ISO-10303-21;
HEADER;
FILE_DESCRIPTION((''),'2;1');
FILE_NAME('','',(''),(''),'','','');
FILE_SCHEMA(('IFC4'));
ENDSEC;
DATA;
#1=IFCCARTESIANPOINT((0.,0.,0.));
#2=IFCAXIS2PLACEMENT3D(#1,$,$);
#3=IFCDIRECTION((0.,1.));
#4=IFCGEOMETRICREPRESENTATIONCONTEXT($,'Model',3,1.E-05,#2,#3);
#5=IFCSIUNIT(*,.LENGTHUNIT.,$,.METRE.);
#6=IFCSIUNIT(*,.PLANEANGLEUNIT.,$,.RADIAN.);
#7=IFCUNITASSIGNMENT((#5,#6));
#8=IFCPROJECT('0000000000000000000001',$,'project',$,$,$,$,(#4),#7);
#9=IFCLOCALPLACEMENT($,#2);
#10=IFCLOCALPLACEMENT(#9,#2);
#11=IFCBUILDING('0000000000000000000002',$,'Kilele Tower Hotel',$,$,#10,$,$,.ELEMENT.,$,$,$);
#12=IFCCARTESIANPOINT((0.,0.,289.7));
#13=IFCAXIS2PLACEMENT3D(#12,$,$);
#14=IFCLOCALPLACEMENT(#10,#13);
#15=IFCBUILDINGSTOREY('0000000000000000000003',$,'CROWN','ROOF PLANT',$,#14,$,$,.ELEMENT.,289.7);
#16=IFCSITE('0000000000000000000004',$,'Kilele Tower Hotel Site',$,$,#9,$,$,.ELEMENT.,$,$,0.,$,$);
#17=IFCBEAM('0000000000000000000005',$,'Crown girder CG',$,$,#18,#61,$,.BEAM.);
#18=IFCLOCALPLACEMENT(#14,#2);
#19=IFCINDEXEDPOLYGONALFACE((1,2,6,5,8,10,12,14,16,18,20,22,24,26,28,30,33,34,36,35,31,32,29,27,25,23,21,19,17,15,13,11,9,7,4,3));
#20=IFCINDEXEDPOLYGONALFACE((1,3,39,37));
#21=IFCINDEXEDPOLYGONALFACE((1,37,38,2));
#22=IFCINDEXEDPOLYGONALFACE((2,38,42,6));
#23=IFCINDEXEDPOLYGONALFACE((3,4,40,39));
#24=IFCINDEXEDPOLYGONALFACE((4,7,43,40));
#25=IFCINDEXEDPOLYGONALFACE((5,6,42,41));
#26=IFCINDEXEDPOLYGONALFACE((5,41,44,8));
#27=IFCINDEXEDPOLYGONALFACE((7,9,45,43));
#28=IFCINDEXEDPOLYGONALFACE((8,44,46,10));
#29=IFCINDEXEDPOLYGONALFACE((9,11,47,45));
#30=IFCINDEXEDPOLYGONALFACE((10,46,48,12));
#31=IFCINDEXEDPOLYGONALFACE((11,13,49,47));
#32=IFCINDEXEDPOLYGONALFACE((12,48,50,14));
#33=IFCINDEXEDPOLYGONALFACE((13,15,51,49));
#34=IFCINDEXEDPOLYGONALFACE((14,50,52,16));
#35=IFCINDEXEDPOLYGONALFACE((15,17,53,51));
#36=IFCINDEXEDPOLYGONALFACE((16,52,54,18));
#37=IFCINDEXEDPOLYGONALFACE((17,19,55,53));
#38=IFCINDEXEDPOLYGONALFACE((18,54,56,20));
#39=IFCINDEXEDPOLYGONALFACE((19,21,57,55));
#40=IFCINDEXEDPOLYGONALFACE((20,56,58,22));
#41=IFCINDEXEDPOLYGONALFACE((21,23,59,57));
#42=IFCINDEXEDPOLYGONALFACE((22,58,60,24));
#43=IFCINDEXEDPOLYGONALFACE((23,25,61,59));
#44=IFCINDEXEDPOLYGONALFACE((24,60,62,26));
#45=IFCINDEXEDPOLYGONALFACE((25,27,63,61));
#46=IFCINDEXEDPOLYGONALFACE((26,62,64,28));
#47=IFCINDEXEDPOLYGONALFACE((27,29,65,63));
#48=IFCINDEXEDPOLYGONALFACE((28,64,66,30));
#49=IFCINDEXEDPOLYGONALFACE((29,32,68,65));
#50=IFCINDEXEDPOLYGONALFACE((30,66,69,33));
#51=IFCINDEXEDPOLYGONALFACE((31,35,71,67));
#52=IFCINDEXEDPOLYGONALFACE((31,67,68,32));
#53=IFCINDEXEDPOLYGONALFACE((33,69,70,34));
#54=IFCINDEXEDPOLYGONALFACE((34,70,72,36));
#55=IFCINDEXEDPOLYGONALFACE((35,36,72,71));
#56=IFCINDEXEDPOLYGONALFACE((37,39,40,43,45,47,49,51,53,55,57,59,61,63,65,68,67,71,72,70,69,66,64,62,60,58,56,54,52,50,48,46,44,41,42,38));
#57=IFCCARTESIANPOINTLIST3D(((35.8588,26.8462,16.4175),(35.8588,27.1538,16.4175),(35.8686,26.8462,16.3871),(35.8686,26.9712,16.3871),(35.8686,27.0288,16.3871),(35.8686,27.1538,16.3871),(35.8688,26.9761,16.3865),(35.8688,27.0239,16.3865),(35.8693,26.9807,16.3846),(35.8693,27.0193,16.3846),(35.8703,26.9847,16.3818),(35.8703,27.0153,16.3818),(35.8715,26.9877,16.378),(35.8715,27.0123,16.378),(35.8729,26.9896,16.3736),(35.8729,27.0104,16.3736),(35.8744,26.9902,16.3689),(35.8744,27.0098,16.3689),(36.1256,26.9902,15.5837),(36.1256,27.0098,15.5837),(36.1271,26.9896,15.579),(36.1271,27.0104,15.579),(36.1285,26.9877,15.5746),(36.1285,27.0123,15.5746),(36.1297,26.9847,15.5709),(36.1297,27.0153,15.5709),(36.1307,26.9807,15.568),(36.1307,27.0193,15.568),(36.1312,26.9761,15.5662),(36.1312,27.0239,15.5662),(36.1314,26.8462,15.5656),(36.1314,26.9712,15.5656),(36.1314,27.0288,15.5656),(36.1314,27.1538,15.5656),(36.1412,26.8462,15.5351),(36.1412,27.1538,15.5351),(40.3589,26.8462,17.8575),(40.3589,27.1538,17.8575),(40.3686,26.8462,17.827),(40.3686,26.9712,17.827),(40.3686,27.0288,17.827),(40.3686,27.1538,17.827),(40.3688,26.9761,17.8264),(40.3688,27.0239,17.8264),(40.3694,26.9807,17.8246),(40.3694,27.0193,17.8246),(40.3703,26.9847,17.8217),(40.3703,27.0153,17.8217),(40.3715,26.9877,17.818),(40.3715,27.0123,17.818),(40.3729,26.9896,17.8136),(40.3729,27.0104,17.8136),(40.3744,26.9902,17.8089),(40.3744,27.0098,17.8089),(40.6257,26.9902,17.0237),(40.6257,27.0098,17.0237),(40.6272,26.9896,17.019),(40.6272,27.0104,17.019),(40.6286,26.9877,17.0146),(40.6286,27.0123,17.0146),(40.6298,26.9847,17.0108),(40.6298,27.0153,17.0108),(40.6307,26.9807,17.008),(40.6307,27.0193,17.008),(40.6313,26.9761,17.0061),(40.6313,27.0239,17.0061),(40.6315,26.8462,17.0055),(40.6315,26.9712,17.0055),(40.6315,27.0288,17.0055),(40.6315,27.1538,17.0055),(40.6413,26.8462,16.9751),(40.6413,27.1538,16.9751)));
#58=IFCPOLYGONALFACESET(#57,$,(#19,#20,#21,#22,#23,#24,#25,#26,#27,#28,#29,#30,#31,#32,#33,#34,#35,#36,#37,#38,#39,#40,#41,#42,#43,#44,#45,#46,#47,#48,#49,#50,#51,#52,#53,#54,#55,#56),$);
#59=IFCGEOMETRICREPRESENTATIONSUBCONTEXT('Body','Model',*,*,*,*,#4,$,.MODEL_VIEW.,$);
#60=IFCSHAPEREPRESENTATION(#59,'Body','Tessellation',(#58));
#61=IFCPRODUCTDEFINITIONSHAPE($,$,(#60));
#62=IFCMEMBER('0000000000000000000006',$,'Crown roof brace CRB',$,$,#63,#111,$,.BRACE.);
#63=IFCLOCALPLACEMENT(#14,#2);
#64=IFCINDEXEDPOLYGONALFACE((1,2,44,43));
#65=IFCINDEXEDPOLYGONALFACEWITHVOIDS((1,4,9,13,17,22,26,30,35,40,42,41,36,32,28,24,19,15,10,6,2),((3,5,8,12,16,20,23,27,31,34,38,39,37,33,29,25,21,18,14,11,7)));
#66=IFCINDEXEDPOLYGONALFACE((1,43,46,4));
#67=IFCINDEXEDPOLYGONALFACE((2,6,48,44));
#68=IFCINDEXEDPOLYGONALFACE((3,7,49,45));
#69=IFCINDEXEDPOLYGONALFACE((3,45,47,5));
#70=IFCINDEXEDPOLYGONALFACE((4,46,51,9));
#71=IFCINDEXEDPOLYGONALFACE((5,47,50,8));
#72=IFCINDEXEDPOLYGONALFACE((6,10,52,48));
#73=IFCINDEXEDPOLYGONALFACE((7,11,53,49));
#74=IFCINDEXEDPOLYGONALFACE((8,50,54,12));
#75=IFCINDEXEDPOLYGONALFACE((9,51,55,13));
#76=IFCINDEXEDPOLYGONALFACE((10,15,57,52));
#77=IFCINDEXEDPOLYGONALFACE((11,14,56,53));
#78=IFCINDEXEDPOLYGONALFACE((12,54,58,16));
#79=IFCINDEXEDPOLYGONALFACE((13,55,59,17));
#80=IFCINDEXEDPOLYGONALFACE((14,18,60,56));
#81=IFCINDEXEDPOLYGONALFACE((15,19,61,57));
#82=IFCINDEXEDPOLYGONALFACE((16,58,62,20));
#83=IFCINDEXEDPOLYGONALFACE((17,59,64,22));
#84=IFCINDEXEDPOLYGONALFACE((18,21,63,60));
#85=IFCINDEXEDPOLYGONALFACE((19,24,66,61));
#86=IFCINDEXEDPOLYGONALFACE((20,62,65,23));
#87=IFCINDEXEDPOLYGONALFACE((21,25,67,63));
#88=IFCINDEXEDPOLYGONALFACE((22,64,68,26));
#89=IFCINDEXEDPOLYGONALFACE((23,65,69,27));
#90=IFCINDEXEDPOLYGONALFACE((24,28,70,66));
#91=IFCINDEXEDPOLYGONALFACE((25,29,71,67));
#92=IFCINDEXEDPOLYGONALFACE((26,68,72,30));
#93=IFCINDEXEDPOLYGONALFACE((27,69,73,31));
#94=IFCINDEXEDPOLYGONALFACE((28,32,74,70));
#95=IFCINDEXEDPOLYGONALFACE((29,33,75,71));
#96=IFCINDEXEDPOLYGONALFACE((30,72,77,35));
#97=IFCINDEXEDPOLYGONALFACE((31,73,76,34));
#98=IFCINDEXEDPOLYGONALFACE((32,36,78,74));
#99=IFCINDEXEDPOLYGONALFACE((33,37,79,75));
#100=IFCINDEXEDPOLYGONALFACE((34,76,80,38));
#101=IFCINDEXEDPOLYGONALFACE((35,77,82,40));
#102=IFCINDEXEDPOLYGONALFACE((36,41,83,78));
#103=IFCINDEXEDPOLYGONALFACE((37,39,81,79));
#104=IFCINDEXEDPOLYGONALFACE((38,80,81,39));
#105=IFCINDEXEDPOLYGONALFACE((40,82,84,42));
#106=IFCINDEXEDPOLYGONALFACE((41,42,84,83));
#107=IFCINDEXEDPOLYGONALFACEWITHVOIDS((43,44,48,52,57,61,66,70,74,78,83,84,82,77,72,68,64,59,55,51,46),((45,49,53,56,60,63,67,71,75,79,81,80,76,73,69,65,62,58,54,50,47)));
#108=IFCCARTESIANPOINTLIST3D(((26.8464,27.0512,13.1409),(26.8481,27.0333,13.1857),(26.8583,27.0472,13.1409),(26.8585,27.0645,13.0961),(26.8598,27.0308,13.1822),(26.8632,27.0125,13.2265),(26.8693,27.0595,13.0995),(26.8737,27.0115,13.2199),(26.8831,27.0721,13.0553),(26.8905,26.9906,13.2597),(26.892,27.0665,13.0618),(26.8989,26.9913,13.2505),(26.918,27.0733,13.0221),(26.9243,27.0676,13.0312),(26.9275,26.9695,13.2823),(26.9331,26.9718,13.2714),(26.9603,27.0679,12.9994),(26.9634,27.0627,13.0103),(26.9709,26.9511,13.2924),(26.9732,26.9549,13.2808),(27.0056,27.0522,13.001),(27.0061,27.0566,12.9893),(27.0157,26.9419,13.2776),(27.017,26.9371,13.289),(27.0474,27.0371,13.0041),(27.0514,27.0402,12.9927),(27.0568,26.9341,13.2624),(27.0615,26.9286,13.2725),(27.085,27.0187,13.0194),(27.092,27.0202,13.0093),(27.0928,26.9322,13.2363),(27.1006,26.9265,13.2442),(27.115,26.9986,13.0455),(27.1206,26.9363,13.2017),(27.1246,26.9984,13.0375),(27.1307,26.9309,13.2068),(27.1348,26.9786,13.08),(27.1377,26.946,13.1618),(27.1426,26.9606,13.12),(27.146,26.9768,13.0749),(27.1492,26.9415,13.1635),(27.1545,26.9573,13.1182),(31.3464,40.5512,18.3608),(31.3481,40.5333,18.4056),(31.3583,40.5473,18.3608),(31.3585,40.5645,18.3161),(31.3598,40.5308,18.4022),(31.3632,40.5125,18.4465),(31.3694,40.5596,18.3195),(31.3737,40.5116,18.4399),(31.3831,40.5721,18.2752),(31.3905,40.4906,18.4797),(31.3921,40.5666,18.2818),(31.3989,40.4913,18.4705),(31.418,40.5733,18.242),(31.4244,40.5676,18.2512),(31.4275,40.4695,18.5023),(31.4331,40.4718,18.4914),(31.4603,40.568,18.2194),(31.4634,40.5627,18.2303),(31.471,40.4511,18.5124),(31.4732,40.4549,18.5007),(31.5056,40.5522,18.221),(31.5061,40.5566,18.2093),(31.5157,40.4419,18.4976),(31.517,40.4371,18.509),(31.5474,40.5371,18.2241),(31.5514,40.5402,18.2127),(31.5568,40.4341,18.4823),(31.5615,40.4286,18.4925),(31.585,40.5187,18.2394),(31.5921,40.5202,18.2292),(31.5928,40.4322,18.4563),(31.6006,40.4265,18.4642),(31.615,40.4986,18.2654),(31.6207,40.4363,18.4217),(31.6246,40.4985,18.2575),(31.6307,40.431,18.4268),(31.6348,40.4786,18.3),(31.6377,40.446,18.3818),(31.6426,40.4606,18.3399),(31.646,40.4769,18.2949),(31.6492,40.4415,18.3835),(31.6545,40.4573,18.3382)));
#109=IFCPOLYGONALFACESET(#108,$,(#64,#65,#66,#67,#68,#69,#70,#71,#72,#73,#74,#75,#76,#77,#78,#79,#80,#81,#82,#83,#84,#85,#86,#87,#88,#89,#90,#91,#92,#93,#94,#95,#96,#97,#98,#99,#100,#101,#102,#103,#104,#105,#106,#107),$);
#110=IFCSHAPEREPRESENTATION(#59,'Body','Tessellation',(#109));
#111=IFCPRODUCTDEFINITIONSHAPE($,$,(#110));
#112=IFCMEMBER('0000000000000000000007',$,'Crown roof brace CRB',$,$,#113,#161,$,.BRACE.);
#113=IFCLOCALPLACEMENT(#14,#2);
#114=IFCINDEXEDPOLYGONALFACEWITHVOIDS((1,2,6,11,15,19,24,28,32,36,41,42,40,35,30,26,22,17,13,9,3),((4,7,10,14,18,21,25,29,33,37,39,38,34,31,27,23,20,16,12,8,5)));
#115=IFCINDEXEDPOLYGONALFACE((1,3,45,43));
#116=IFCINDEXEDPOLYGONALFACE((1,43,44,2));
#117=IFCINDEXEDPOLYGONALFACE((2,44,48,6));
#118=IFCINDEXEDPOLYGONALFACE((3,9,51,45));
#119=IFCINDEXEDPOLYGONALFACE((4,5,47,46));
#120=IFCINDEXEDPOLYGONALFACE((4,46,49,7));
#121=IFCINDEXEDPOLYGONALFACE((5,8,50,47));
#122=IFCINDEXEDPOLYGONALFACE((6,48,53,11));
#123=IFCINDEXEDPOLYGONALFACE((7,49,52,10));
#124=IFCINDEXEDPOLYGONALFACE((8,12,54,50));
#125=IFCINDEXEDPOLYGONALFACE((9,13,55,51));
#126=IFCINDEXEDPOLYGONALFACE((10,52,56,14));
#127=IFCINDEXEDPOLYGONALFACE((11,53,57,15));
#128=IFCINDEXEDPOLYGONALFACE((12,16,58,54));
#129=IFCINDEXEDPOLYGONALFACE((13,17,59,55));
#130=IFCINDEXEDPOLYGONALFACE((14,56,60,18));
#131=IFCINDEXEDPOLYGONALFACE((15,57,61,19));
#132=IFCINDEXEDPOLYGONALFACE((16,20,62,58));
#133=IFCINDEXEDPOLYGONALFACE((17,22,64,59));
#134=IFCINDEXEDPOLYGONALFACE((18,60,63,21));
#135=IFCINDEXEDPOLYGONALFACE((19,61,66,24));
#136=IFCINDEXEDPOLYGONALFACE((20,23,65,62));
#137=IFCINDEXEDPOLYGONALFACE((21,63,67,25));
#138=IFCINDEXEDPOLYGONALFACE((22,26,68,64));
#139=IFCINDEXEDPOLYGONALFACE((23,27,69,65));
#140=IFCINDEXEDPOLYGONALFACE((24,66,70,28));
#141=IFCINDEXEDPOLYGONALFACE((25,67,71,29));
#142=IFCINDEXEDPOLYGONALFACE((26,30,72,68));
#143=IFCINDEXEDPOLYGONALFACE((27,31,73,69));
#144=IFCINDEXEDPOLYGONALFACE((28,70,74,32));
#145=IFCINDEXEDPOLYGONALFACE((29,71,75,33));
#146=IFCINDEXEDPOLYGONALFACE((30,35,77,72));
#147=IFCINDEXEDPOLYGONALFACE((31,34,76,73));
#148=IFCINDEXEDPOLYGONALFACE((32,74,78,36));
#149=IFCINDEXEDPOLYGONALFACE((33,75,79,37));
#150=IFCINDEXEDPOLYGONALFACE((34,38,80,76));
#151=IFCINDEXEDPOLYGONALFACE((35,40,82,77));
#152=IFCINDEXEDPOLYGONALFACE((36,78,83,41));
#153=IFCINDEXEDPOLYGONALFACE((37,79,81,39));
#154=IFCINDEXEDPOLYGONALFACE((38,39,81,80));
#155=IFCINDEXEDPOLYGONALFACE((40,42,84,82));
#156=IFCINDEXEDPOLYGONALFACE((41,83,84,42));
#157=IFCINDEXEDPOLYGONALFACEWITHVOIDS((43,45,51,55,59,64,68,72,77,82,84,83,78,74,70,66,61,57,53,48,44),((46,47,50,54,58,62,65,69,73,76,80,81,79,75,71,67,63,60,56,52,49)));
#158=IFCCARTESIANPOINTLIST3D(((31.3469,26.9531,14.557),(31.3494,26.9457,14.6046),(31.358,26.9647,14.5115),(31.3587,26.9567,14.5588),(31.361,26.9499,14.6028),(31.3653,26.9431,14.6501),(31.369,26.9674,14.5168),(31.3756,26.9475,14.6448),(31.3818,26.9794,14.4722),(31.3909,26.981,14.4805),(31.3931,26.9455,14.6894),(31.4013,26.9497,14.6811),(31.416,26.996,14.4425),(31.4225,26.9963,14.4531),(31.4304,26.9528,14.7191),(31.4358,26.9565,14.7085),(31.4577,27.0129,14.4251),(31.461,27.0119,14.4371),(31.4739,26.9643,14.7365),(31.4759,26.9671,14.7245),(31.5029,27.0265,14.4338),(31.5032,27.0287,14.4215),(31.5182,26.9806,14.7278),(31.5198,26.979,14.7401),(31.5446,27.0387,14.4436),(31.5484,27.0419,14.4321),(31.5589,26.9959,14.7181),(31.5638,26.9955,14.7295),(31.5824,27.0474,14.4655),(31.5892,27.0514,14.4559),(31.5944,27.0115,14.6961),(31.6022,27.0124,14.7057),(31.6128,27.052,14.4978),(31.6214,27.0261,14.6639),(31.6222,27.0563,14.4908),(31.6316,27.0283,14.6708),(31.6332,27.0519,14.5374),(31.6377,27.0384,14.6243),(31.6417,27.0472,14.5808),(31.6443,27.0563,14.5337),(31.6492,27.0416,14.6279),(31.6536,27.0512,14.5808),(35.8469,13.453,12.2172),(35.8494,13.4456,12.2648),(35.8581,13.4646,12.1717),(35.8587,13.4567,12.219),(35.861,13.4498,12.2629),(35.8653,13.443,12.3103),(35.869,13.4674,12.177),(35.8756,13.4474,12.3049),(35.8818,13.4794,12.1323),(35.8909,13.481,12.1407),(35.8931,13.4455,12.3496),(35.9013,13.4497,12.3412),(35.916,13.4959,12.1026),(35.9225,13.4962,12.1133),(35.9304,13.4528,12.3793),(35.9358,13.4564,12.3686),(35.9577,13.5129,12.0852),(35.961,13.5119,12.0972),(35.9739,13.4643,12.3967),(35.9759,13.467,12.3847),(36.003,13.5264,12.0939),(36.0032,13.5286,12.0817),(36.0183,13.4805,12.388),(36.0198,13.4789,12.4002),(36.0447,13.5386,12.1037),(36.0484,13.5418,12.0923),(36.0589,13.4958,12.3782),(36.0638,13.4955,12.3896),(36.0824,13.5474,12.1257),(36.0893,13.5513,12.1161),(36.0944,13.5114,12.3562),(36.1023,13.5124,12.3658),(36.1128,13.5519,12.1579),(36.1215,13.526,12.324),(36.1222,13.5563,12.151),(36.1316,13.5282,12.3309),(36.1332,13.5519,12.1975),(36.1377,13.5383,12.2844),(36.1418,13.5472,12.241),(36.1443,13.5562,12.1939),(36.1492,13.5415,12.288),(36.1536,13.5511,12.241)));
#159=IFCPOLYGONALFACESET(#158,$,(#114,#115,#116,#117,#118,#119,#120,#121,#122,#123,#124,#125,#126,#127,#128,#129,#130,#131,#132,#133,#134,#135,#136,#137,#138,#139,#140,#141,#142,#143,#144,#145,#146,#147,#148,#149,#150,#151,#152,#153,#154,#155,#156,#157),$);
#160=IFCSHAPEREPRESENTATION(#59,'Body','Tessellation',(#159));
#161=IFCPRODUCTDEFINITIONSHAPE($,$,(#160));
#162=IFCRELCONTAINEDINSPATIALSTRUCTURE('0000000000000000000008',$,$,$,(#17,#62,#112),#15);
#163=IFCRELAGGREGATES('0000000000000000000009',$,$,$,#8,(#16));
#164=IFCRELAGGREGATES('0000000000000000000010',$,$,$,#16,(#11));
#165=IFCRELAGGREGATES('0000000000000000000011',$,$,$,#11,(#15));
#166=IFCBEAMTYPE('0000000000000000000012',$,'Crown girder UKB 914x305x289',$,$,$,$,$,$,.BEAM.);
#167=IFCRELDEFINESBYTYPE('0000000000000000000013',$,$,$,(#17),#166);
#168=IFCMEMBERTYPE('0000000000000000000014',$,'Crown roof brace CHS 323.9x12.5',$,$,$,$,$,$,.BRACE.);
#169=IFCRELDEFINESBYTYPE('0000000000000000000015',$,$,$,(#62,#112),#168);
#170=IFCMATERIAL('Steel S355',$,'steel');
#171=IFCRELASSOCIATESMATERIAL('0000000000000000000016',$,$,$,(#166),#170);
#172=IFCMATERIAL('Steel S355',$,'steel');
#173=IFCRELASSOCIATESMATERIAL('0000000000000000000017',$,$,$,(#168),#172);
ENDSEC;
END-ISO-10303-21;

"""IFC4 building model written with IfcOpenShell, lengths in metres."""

from ifc_helpers import new_model, si_unit, direction, frame, origin, origin_2d, place, context, subcontext, project, spatial, hollow_circle, i_section, extrude, material, material_profile, profile_set, type_object, element, save


model = new_model("IFC4")

# Units and contexts
model_context = context("Model", 3, precision=1e-05, world=origin(), true_north=direction((0.0, 1.0)))
body_context = subcontext(model_context, "Body", "Model", "MODEL_VIEW")
ifc_project = project(units=[si_unit("LENGTHUNIT", "METRE"), si_unit("PLANEANGLEUNIT", "RADIAN")], contexts=[model_context])

# Site, building, storey
site_placement = place(None, origin())
site = spatial("IfcSite", under=ifc_project, at=site_placement, Name="Kilele Tower Hotel Site", CompositionType="ELEMENT", RefElevation=0.0)
building_placement = place(site_placement, origin())
building = spatial("IfcBuilding", under=site, at=building_placement, Name="Kilele Tower Hotel", CompositionType="ELEMENT")
storey_placement = place(building_placement, frame((0.0, 0.0, 289.7)))
storey = spatial("IfcBuildingStorey", under=building, at=storey_placement, Name="CROWN", Description="ROOF PLANT", CompositionType="ELEMENT", Elevation=289.7)

# Beam
ifc_material_1 = material(Name="Steel S355", Category="steel")
ifc_material_profile_1 = material_profile(ifc_material_1, i_section(OverallWidth=0.3076, OverallDepth=0.9265, WebThickness=0.0195, FlangeThickness=0.032, FilletRadius=0.019, at=origin_2d()))
ifc_profile_set_1 = profile_set([ifc_material_profile_1], Name="Steel S355")
beam_type_1 = type_object("IfcBeamType", Name="Crown girder UKB 914x305x289", PredefinedType="BEAM", material=ifc_profile_set_1)
for number, where, z_axis, x_axis, name in (
    (1, (36.0, 27.0, 15.9763), (0.952428, 0.0, 0.304764), (0.0, 1.0, 0.0), "Crown girder CG"),
):
    element("IfcBeam", number, at=place(storey_placement, frame(where, z_axis=z_axis, x_axis=x_axis)), inside=storey, type_object=beam_type_1, Name=name, PredefinedType="BEAM", context=body_context, shape_type="SweptSolid", body=[
        extrude(i_section(OverallWidth=0.3076, OverallDepth=0.9265, WebThickness=0.0195, FlangeThickness=0.032, FilletRadius=0.019, at=origin_2d()), origin(), (0.0, 0.0, 1.0), 4.7249),
    ])

# Members
ifc_material_2 = material(Name="Steel S355", Category="steel")
ifc_material_profile_2 = material_profile(ifc_material_2, hollow_circle(Radius=0.1619, WallThickness=0.0125, at=origin_2d()))
ifc_profile_set_2 = profile_set([ifc_material_profile_2], Name="Steel S355")
member_type_1 = type_object("IfcMemberType", Name="Crown roof brace CHS 323.9x12.5", PredefinedType="BRACE", material=ifc_profile_set_2)
member_1_placement = place(storey_placement, frame((27.0, 27.0, 13.1409), z_axis=(0.296884, 0.890652, 0.344383), x_axis=(-0.948683, 0.316228, 0.0)))
element("IfcMember", 2, at=member_1_placement, inside=storey, type_object=member_type_1, Name="Crown roof brace CRB", PredefinedType="BRACE", context=body_context, shape_type="SweptSolid", body=[
    extrude(hollow_circle(Radius=0.1619, WallThickness=0.0125, at=origin_2d()), origin(), (0.0, 0.0, 1.0), 15.1575),
])
member_2_placement = place(storey_placement, frame((31.5, 27.0, 14.5808), z_axis=(0.312038, -0.936113, -0.162249), x_axis=(0.948683, 0.316228, 0.0)))
element("IfcMember", 3, at=member_2_placement, inside=storey, type_object=member_type_1, Name="Crown roof brace CRB", PredefinedType="BRACE", context=body_context, shape_type="SweptSolid", body=[
    extrude(hollow_circle(Radius=0.1619, WallThickness=0.0125, at=origin_2d()), origin(), (0.0, 0.0, 1.0), 14.4214),
])

save(model, "model.ifc")
